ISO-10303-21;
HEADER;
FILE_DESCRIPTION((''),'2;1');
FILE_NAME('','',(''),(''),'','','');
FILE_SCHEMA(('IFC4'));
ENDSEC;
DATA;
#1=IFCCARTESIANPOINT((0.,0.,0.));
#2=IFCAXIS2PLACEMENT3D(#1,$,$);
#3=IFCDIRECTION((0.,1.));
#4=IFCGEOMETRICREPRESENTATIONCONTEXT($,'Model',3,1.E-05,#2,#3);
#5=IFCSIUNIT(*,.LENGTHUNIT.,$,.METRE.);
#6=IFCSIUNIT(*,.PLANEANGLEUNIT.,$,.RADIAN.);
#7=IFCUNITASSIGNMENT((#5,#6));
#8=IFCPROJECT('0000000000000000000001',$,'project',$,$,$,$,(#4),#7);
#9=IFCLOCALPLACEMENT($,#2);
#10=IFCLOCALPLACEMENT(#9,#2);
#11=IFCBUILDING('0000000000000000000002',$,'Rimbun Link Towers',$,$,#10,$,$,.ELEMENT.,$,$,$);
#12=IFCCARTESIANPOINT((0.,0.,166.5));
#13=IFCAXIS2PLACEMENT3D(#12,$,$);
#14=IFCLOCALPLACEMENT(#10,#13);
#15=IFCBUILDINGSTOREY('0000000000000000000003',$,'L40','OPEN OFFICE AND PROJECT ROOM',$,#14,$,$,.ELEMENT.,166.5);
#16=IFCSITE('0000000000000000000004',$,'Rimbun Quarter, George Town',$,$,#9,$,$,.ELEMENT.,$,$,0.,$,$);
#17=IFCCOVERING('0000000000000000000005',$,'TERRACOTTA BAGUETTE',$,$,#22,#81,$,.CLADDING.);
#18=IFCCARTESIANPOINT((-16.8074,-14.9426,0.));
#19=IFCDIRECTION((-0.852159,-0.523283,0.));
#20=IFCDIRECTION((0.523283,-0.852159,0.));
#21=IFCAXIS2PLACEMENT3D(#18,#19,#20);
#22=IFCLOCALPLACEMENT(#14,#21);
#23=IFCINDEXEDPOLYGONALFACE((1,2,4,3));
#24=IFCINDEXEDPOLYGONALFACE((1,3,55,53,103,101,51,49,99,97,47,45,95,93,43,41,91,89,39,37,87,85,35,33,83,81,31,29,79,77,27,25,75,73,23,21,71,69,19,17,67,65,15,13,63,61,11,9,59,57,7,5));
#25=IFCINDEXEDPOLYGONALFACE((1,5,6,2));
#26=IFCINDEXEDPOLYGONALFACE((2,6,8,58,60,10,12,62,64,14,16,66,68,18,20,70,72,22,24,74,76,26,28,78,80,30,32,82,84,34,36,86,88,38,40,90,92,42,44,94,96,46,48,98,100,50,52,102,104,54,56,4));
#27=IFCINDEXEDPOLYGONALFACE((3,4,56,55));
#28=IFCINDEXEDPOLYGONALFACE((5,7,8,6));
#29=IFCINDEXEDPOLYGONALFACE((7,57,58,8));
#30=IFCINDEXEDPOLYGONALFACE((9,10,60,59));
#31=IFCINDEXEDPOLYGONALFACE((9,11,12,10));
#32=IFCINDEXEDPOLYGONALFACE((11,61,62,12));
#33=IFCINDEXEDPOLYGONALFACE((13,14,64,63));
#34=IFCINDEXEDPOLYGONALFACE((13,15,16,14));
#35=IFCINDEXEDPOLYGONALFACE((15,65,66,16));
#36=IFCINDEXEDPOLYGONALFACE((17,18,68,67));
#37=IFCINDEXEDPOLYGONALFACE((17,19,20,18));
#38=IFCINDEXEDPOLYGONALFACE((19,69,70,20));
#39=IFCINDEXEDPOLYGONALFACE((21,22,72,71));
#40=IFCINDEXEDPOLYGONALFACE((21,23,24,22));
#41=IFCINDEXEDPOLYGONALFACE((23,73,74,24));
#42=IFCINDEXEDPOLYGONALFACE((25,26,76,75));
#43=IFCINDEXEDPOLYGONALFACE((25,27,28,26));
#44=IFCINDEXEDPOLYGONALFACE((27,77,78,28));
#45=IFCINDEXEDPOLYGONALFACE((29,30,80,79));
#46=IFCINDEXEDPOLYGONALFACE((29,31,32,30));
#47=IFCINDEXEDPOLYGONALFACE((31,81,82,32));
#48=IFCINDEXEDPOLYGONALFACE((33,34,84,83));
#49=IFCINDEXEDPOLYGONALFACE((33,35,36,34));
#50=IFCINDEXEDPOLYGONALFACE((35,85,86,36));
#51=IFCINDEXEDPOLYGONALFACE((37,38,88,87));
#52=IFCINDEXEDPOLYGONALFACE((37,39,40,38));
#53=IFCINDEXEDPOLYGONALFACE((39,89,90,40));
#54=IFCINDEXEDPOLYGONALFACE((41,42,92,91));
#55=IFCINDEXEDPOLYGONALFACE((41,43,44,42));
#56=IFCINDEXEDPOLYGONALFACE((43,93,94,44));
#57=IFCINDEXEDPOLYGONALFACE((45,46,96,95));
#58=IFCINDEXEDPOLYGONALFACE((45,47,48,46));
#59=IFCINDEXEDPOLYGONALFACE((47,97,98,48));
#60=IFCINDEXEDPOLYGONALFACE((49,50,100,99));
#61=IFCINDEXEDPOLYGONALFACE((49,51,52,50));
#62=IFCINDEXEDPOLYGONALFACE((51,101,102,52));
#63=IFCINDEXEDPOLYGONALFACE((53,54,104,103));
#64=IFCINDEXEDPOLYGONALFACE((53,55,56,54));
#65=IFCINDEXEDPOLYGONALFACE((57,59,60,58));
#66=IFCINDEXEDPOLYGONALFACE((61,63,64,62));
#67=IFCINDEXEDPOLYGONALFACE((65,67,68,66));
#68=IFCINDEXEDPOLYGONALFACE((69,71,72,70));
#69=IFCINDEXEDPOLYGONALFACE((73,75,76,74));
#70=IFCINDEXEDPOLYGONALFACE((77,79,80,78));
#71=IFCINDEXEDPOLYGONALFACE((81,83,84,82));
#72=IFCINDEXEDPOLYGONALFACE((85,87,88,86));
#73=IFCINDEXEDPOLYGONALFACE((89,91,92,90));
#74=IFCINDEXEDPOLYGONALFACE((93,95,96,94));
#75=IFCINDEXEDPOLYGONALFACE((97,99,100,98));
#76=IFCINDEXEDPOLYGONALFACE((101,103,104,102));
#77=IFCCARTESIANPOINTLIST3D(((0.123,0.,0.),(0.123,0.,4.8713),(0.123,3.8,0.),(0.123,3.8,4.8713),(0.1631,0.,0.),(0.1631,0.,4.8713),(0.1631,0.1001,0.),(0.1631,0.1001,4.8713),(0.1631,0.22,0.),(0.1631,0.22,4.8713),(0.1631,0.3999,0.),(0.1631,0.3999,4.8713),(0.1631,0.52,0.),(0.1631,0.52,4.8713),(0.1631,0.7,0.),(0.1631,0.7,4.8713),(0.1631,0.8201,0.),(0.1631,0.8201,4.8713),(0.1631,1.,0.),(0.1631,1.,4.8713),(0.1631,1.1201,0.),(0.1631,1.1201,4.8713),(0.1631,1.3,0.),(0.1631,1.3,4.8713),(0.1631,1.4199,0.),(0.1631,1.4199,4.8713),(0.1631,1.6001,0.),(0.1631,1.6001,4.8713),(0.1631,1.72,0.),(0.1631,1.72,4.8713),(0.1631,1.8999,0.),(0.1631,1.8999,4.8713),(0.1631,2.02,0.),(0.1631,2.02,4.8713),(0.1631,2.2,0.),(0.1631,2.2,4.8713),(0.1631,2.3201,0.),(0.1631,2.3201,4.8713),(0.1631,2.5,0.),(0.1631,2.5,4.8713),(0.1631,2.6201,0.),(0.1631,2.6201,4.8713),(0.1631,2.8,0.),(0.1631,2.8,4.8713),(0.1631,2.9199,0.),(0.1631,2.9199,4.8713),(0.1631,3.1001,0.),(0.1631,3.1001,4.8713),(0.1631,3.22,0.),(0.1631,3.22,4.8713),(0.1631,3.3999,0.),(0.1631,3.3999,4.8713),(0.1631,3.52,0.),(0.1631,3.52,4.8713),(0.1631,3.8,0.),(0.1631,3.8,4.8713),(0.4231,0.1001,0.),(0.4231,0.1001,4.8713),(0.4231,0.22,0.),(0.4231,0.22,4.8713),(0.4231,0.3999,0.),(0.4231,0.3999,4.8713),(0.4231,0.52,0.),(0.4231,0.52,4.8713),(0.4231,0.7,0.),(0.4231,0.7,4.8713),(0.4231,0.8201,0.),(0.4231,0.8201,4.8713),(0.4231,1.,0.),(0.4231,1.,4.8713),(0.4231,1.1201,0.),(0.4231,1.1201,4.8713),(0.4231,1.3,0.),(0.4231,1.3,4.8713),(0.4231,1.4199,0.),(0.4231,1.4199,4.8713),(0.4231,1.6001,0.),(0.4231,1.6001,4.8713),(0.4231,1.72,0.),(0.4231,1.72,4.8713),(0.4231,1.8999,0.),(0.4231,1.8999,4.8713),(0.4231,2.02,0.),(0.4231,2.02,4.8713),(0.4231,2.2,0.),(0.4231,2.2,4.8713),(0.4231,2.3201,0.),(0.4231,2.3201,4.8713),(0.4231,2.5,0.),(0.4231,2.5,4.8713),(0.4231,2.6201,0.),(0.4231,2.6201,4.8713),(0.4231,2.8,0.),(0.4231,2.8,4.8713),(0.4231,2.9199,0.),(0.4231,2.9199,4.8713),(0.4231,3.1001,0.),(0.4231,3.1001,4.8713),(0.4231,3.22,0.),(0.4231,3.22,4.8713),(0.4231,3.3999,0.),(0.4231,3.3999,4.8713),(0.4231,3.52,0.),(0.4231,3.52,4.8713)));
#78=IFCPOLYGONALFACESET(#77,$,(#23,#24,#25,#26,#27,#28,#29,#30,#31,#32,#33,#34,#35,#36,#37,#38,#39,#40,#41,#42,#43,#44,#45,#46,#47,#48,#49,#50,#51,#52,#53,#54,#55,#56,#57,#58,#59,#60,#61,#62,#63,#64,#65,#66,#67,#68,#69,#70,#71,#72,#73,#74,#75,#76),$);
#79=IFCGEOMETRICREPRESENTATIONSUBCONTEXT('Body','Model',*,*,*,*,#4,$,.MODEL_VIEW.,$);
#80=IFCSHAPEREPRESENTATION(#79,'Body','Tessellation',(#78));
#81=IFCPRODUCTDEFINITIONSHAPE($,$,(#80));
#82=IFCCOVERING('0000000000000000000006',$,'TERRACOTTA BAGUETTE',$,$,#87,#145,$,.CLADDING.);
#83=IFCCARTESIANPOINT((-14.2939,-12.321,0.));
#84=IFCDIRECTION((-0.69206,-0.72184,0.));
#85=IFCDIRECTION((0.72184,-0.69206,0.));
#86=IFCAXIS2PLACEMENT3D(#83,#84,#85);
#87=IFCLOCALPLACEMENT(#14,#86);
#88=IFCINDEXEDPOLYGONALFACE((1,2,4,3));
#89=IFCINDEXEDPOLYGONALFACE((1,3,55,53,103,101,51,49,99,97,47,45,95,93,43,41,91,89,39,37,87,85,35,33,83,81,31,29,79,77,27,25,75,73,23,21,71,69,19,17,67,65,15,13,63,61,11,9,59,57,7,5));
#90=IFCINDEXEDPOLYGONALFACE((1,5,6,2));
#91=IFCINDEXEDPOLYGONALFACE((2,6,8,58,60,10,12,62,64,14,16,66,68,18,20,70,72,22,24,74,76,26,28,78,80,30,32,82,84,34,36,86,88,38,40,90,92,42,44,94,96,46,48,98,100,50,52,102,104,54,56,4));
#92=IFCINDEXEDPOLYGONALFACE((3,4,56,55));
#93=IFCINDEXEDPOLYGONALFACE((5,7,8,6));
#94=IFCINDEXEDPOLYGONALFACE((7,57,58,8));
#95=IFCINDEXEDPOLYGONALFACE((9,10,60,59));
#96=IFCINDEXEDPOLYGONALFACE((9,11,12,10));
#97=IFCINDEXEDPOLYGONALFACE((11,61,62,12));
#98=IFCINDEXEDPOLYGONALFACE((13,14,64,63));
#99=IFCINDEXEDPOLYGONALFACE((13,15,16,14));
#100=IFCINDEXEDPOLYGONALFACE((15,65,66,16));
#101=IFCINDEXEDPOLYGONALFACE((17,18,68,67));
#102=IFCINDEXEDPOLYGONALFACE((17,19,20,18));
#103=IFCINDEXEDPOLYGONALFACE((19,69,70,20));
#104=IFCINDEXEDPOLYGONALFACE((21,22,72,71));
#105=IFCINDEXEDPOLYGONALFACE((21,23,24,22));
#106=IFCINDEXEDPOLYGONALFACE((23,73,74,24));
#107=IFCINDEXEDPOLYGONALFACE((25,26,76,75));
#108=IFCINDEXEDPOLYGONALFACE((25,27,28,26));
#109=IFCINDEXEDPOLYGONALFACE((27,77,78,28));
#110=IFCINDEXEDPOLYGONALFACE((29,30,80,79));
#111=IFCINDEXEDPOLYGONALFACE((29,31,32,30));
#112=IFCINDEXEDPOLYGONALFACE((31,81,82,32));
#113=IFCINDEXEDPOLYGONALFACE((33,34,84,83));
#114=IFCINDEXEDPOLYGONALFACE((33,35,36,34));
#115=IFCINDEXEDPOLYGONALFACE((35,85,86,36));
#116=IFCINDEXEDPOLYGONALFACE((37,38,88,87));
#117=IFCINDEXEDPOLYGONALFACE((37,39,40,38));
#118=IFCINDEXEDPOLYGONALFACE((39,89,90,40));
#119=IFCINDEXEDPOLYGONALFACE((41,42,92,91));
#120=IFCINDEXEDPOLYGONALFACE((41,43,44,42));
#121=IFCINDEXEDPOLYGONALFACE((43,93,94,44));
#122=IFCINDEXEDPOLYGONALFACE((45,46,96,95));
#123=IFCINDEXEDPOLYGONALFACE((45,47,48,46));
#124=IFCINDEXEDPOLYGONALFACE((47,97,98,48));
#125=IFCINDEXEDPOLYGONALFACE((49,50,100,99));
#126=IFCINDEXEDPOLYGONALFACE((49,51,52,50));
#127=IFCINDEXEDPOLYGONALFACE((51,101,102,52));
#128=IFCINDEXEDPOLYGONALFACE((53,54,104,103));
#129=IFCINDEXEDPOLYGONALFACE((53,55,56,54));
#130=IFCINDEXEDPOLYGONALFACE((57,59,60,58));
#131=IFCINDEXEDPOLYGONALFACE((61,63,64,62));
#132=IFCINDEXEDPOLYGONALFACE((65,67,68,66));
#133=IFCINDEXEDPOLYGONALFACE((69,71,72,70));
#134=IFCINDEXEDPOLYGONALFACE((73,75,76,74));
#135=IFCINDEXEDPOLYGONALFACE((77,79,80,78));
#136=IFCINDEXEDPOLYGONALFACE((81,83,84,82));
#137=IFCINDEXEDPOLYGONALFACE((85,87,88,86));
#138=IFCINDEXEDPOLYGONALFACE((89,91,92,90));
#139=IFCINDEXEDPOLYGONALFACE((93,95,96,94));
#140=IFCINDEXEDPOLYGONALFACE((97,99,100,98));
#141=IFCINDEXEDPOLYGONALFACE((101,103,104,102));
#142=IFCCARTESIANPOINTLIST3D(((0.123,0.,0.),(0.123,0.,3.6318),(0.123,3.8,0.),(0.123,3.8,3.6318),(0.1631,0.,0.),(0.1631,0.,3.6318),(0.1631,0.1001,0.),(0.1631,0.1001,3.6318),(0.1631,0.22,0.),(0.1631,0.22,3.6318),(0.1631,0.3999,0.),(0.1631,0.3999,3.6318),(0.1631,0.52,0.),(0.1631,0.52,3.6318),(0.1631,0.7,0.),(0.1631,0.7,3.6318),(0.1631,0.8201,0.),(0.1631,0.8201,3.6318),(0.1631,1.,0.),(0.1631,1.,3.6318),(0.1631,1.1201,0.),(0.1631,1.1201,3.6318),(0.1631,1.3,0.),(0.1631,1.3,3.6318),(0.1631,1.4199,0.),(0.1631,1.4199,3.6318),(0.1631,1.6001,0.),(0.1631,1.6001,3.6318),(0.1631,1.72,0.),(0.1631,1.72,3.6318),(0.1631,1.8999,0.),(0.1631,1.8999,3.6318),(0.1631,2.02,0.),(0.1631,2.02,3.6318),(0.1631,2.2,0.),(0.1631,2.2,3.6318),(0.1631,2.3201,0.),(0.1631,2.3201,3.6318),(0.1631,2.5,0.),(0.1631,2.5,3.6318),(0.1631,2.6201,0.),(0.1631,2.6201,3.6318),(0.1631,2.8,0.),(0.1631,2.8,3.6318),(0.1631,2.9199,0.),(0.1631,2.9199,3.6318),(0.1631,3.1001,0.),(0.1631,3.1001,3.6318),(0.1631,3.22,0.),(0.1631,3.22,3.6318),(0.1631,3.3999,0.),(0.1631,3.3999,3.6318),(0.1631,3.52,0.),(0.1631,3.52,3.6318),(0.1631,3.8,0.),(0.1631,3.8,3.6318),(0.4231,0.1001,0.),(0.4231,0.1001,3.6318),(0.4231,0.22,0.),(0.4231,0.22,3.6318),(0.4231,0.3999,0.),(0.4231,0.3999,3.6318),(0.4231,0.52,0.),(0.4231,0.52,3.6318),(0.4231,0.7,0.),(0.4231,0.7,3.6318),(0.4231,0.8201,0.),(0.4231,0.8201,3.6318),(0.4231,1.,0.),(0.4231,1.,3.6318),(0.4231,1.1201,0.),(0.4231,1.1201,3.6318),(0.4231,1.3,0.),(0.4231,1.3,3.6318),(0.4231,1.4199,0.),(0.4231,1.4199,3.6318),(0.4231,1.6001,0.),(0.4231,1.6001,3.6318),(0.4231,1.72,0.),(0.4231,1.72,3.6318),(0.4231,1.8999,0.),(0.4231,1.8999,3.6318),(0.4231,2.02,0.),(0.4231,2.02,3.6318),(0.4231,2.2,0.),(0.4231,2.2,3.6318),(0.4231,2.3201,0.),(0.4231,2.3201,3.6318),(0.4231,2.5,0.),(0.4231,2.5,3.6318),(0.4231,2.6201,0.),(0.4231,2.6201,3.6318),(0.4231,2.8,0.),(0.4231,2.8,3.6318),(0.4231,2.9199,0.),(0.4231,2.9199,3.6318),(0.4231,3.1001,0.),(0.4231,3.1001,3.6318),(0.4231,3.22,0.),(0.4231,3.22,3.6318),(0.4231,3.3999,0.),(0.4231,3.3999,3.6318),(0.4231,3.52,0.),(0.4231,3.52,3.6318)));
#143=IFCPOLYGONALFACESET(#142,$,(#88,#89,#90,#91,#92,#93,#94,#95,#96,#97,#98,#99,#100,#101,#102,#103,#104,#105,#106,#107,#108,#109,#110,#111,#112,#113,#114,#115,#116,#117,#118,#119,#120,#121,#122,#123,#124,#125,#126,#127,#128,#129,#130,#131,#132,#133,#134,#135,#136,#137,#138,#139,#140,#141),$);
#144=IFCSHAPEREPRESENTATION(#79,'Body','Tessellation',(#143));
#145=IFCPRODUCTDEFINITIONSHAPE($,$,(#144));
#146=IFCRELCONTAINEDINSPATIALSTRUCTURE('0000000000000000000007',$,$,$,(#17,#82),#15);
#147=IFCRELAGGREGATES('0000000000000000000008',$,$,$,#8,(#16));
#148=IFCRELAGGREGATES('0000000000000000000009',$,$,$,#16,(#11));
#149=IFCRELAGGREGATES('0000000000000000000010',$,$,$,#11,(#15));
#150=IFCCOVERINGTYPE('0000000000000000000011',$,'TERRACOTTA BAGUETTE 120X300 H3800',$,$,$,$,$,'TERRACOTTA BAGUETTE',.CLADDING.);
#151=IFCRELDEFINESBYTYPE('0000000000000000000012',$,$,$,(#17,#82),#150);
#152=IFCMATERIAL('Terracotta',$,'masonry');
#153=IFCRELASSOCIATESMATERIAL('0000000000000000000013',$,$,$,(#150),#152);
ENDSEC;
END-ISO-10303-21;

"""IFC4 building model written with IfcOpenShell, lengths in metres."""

from ifc_helpers import new_model, si_unit, direction, frame, origin, place, context, subcontext, project, spatial, polyline, outline, extrude, material, material_profile, profile_set, type_object, element, save


model = new_model("IFC4")

# Units and contexts
model_context = context("Model", 3, precision=1e-05, world=origin(), true_north=direction((0.0, 1.0)))
body_context = subcontext(model_context, "Body", "Model", "MODEL_VIEW")
ifc_project = project(units=[si_unit("LENGTHUNIT", "METRE"), si_unit("PLANEANGLEUNIT", "RADIAN")], contexts=[model_context])

# Site, building, storey
site_placement = place(None, origin())
site = spatial("IfcSite", under=ifc_project, at=site_placement, Name="Rimbun Quarter, George Town", CompositionType="ELEMENT", RefElevation=0.0)
building_placement = place(site_placement, origin())
building = spatial("IfcBuilding", under=site, at=building_placement, Name="Rimbun Link Towers", CompositionType="ELEMENT")
storey_placement = place(building_placement, frame((0.0, 0.0, 166.5)))
storey = spatial("IfcBuildingStorey", under=building, at=storey_placement, Name="L40", Description="OPEN OFFICE AND PROJECT ROOM", CompositionType="ELEMENT", Elevation=166.5)

# Coverings
ifc_material_1 = material(Name="Terracotta", Category="masonry")
ifc_material_profile_1 = material_profile(ifc_material_1, outline(polyline([(0.123, 0.0), (0.1631, 0.0), (0.1631, 0.1001), (0.4231, 0.1001), (0.4231, 0.22), (0.1631, 0.22), (0.1631, 0.3999), (0.4231, 0.3999), (0.4231, 0.52), (0.1631, 0.52), (0.1631, 0.7), (0.4231, 0.7), (0.4231, 0.8201), (0.1631, 0.8201), (0.1631, 1.0), (0.4231, 1.0), (0.4231, 1.1201), (0.1631, 1.1201), (0.1631, 1.3), (0.4231, 1.3), (0.4231, 1.4199), (0.1631, 1.4199), (0.1631, 1.6001), (0.4231, 1.6001), (0.4231, 1.72), (0.1631, 1.72), (0.1631, 1.8999), (0.4231, 1.8999), (0.4231, 2.02), (0.1631, 2.02), (0.1631, 2.2), (0.4231, 2.2), (0.4231, 2.3201), (0.1631, 2.3201), (0.1631, 2.5), (0.4231, 2.5), (0.4231, 2.6201), (0.1631, 2.6201), (0.1631, 2.8), (0.4231, 2.8), (0.4231, 2.9199), (0.1631, 2.9199), (0.1631, 3.1001), (0.4231, 3.1001), (0.4231, 3.22), (0.1631, 3.22), (0.1631, 3.3999), (0.4231, 3.3999), (0.4231, 3.52), (0.1631, 3.52), (0.1631, 3.8), (0.123, 3.8), (0.123, 0.0)])), Name="BAGUETTE 120X300")
ifc_profile_set_1 = profile_set([ifc_material_profile_1], Name="Terracotta")
covering_type = type_object("IfcCoveringType", Name="TERRACOTTA BAGUETTE 120X300 H3800", ElementType="TERRACOTTA BAGUETTE", PredefinedType="CLADDING", material=ifc_profile_set_1)
covering_1_placement = place(storey_placement, frame((-16.8074, -14.9426, 0.0), z_axis=(-0.852159, -0.523283, 0.0), x_axis=(0.523283, -0.852159, 0.0)))
element("IfcCovering", 1, at=covering_1_placement, inside=storey, type_object=covering_type, Name="TERRACOTTA BAGUETTE", PredefinedType="CLADDING", context=body_context, shape_type="SweptSolid", body=[
    extrude(outline(polyline([(0.123, 0.0), (0.1631, 0.0), (0.1631, 0.1001), (0.4231, 0.1001), (0.4231, 0.22), (0.1631, 0.22), (0.1631, 0.3999), (0.4231, 0.3999), (0.4231, 0.52), (0.1631, 0.52), (0.1631, 0.7), (0.4231, 0.7), (0.4231, 0.8201), (0.1631, 0.8201), (0.1631, 1.0), (0.4231, 1.0), (0.4231, 1.1201), (0.1631, 1.1201), (0.1631, 1.3), (0.4231, 1.3), (0.4231, 1.4199), (0.1631, 1.4199), (0.1631, 1.6001), (0.4231, 1.6001), (0.4231, 1.72), (0.1631, 1.72), (0.1631, 1.8999), (0.4231, 1.8999), (0.4231, 2.02), (0.1631, 2.02), (0.1631, 2.2), (0.4231, 2.2), (0.4231, 2.3201), (0.1631, 2.3201), (0.1631, 2.5), (0.4231, 2.5), (0.4231, 2.6201), (0.1631, 2.6201), (0.1631, 2.8), (0.4231, 2.8), (0.4231, 2.9199), (0.1631, 2.9199), (0.1631, 3.1001), (0.4231, 3.1001), (0.4231, 3.22), (0.1631, 3.22), (0.1631, 3.3999), (0.4231, 3.3999), (0.4231, 3.52), (0.1631, 3.52), (0.1631, 3.8), (0.123, 3.8), (0.123, 0.0)])), origin(), (0.0, 0.0, 1.0), 4.8713),
])
covering_2_placement = place(storey_placement, frame((-14.2939, -12.321, 0.0), z_axis=(-0.69206, -0.72184, 0.0), x_axis=(0.72184, -0.69206, 0.0)))
element("IfcCovering", 2, at=covering_2_placement, inside=storey, type_object=covering_type, Name="TERRACOTTA BAGUETTE", PredefinedType="CLADDING", context=body_context, shape_type="SweptSolid", body=[
    extrude(outline(polyline([(0.123, 0.0), (0.1631, 0.0), (0.1631, 0.1001), (0.4231, 0.1001), (0.4231, 0.22), (0.1631, 0.22), (0.1631, 0.3999), (0.4231, 0.3999), (0.4231, 0.52), (0.1631, 0.52), (0.1631, 0.7), (0.4231, 0.7), (0.4231, 0.8201), (0.1631, 0.8201), (0.1631, 1.0), (0.4231, 1.0), (0.4231, 1.1201), (0.1631, 1.1201), (0.1631, 1.3), (0.4231, 1.3), (0.4231, 1.4199), (0.1631, 1.4199), (0.1631, 1.6001), (0.4231, 1.6001), (0.4231, 1.72), (0.1631, 1.72), (0.1631, 1.8999), (0.4231, 1.8999), (0.4231, 2.02), (0.1631, 2.02), (0.1631, 2.2), (0.4231, 2.2), (0.4231, 2.3201), (0.1631, 2.3201), (0.1631, 2.5), (0.4231, 2.5), (0.4231, 2.6201), (0.1631, 2.6201), (0.1631, 2.8), (0.4231, 2.8), (0.4231, 2.9199), (0.1631, 2.9199), (0.1631, 3.1001), (0.4231, 3.1001), (0.4231, 3.22), (0.1631, 3.22), (0.1631, 3.3999), (0.4231, 3.3999), (0.4231, 3.52), (0.1631, 3.52), (0.1631, 3.8), (0.123, 3.8), (0.123, 0.0)])), origin(), (0.0, 0.0, 1.0), 3.6318),
])

save(model, "model.ifc")
